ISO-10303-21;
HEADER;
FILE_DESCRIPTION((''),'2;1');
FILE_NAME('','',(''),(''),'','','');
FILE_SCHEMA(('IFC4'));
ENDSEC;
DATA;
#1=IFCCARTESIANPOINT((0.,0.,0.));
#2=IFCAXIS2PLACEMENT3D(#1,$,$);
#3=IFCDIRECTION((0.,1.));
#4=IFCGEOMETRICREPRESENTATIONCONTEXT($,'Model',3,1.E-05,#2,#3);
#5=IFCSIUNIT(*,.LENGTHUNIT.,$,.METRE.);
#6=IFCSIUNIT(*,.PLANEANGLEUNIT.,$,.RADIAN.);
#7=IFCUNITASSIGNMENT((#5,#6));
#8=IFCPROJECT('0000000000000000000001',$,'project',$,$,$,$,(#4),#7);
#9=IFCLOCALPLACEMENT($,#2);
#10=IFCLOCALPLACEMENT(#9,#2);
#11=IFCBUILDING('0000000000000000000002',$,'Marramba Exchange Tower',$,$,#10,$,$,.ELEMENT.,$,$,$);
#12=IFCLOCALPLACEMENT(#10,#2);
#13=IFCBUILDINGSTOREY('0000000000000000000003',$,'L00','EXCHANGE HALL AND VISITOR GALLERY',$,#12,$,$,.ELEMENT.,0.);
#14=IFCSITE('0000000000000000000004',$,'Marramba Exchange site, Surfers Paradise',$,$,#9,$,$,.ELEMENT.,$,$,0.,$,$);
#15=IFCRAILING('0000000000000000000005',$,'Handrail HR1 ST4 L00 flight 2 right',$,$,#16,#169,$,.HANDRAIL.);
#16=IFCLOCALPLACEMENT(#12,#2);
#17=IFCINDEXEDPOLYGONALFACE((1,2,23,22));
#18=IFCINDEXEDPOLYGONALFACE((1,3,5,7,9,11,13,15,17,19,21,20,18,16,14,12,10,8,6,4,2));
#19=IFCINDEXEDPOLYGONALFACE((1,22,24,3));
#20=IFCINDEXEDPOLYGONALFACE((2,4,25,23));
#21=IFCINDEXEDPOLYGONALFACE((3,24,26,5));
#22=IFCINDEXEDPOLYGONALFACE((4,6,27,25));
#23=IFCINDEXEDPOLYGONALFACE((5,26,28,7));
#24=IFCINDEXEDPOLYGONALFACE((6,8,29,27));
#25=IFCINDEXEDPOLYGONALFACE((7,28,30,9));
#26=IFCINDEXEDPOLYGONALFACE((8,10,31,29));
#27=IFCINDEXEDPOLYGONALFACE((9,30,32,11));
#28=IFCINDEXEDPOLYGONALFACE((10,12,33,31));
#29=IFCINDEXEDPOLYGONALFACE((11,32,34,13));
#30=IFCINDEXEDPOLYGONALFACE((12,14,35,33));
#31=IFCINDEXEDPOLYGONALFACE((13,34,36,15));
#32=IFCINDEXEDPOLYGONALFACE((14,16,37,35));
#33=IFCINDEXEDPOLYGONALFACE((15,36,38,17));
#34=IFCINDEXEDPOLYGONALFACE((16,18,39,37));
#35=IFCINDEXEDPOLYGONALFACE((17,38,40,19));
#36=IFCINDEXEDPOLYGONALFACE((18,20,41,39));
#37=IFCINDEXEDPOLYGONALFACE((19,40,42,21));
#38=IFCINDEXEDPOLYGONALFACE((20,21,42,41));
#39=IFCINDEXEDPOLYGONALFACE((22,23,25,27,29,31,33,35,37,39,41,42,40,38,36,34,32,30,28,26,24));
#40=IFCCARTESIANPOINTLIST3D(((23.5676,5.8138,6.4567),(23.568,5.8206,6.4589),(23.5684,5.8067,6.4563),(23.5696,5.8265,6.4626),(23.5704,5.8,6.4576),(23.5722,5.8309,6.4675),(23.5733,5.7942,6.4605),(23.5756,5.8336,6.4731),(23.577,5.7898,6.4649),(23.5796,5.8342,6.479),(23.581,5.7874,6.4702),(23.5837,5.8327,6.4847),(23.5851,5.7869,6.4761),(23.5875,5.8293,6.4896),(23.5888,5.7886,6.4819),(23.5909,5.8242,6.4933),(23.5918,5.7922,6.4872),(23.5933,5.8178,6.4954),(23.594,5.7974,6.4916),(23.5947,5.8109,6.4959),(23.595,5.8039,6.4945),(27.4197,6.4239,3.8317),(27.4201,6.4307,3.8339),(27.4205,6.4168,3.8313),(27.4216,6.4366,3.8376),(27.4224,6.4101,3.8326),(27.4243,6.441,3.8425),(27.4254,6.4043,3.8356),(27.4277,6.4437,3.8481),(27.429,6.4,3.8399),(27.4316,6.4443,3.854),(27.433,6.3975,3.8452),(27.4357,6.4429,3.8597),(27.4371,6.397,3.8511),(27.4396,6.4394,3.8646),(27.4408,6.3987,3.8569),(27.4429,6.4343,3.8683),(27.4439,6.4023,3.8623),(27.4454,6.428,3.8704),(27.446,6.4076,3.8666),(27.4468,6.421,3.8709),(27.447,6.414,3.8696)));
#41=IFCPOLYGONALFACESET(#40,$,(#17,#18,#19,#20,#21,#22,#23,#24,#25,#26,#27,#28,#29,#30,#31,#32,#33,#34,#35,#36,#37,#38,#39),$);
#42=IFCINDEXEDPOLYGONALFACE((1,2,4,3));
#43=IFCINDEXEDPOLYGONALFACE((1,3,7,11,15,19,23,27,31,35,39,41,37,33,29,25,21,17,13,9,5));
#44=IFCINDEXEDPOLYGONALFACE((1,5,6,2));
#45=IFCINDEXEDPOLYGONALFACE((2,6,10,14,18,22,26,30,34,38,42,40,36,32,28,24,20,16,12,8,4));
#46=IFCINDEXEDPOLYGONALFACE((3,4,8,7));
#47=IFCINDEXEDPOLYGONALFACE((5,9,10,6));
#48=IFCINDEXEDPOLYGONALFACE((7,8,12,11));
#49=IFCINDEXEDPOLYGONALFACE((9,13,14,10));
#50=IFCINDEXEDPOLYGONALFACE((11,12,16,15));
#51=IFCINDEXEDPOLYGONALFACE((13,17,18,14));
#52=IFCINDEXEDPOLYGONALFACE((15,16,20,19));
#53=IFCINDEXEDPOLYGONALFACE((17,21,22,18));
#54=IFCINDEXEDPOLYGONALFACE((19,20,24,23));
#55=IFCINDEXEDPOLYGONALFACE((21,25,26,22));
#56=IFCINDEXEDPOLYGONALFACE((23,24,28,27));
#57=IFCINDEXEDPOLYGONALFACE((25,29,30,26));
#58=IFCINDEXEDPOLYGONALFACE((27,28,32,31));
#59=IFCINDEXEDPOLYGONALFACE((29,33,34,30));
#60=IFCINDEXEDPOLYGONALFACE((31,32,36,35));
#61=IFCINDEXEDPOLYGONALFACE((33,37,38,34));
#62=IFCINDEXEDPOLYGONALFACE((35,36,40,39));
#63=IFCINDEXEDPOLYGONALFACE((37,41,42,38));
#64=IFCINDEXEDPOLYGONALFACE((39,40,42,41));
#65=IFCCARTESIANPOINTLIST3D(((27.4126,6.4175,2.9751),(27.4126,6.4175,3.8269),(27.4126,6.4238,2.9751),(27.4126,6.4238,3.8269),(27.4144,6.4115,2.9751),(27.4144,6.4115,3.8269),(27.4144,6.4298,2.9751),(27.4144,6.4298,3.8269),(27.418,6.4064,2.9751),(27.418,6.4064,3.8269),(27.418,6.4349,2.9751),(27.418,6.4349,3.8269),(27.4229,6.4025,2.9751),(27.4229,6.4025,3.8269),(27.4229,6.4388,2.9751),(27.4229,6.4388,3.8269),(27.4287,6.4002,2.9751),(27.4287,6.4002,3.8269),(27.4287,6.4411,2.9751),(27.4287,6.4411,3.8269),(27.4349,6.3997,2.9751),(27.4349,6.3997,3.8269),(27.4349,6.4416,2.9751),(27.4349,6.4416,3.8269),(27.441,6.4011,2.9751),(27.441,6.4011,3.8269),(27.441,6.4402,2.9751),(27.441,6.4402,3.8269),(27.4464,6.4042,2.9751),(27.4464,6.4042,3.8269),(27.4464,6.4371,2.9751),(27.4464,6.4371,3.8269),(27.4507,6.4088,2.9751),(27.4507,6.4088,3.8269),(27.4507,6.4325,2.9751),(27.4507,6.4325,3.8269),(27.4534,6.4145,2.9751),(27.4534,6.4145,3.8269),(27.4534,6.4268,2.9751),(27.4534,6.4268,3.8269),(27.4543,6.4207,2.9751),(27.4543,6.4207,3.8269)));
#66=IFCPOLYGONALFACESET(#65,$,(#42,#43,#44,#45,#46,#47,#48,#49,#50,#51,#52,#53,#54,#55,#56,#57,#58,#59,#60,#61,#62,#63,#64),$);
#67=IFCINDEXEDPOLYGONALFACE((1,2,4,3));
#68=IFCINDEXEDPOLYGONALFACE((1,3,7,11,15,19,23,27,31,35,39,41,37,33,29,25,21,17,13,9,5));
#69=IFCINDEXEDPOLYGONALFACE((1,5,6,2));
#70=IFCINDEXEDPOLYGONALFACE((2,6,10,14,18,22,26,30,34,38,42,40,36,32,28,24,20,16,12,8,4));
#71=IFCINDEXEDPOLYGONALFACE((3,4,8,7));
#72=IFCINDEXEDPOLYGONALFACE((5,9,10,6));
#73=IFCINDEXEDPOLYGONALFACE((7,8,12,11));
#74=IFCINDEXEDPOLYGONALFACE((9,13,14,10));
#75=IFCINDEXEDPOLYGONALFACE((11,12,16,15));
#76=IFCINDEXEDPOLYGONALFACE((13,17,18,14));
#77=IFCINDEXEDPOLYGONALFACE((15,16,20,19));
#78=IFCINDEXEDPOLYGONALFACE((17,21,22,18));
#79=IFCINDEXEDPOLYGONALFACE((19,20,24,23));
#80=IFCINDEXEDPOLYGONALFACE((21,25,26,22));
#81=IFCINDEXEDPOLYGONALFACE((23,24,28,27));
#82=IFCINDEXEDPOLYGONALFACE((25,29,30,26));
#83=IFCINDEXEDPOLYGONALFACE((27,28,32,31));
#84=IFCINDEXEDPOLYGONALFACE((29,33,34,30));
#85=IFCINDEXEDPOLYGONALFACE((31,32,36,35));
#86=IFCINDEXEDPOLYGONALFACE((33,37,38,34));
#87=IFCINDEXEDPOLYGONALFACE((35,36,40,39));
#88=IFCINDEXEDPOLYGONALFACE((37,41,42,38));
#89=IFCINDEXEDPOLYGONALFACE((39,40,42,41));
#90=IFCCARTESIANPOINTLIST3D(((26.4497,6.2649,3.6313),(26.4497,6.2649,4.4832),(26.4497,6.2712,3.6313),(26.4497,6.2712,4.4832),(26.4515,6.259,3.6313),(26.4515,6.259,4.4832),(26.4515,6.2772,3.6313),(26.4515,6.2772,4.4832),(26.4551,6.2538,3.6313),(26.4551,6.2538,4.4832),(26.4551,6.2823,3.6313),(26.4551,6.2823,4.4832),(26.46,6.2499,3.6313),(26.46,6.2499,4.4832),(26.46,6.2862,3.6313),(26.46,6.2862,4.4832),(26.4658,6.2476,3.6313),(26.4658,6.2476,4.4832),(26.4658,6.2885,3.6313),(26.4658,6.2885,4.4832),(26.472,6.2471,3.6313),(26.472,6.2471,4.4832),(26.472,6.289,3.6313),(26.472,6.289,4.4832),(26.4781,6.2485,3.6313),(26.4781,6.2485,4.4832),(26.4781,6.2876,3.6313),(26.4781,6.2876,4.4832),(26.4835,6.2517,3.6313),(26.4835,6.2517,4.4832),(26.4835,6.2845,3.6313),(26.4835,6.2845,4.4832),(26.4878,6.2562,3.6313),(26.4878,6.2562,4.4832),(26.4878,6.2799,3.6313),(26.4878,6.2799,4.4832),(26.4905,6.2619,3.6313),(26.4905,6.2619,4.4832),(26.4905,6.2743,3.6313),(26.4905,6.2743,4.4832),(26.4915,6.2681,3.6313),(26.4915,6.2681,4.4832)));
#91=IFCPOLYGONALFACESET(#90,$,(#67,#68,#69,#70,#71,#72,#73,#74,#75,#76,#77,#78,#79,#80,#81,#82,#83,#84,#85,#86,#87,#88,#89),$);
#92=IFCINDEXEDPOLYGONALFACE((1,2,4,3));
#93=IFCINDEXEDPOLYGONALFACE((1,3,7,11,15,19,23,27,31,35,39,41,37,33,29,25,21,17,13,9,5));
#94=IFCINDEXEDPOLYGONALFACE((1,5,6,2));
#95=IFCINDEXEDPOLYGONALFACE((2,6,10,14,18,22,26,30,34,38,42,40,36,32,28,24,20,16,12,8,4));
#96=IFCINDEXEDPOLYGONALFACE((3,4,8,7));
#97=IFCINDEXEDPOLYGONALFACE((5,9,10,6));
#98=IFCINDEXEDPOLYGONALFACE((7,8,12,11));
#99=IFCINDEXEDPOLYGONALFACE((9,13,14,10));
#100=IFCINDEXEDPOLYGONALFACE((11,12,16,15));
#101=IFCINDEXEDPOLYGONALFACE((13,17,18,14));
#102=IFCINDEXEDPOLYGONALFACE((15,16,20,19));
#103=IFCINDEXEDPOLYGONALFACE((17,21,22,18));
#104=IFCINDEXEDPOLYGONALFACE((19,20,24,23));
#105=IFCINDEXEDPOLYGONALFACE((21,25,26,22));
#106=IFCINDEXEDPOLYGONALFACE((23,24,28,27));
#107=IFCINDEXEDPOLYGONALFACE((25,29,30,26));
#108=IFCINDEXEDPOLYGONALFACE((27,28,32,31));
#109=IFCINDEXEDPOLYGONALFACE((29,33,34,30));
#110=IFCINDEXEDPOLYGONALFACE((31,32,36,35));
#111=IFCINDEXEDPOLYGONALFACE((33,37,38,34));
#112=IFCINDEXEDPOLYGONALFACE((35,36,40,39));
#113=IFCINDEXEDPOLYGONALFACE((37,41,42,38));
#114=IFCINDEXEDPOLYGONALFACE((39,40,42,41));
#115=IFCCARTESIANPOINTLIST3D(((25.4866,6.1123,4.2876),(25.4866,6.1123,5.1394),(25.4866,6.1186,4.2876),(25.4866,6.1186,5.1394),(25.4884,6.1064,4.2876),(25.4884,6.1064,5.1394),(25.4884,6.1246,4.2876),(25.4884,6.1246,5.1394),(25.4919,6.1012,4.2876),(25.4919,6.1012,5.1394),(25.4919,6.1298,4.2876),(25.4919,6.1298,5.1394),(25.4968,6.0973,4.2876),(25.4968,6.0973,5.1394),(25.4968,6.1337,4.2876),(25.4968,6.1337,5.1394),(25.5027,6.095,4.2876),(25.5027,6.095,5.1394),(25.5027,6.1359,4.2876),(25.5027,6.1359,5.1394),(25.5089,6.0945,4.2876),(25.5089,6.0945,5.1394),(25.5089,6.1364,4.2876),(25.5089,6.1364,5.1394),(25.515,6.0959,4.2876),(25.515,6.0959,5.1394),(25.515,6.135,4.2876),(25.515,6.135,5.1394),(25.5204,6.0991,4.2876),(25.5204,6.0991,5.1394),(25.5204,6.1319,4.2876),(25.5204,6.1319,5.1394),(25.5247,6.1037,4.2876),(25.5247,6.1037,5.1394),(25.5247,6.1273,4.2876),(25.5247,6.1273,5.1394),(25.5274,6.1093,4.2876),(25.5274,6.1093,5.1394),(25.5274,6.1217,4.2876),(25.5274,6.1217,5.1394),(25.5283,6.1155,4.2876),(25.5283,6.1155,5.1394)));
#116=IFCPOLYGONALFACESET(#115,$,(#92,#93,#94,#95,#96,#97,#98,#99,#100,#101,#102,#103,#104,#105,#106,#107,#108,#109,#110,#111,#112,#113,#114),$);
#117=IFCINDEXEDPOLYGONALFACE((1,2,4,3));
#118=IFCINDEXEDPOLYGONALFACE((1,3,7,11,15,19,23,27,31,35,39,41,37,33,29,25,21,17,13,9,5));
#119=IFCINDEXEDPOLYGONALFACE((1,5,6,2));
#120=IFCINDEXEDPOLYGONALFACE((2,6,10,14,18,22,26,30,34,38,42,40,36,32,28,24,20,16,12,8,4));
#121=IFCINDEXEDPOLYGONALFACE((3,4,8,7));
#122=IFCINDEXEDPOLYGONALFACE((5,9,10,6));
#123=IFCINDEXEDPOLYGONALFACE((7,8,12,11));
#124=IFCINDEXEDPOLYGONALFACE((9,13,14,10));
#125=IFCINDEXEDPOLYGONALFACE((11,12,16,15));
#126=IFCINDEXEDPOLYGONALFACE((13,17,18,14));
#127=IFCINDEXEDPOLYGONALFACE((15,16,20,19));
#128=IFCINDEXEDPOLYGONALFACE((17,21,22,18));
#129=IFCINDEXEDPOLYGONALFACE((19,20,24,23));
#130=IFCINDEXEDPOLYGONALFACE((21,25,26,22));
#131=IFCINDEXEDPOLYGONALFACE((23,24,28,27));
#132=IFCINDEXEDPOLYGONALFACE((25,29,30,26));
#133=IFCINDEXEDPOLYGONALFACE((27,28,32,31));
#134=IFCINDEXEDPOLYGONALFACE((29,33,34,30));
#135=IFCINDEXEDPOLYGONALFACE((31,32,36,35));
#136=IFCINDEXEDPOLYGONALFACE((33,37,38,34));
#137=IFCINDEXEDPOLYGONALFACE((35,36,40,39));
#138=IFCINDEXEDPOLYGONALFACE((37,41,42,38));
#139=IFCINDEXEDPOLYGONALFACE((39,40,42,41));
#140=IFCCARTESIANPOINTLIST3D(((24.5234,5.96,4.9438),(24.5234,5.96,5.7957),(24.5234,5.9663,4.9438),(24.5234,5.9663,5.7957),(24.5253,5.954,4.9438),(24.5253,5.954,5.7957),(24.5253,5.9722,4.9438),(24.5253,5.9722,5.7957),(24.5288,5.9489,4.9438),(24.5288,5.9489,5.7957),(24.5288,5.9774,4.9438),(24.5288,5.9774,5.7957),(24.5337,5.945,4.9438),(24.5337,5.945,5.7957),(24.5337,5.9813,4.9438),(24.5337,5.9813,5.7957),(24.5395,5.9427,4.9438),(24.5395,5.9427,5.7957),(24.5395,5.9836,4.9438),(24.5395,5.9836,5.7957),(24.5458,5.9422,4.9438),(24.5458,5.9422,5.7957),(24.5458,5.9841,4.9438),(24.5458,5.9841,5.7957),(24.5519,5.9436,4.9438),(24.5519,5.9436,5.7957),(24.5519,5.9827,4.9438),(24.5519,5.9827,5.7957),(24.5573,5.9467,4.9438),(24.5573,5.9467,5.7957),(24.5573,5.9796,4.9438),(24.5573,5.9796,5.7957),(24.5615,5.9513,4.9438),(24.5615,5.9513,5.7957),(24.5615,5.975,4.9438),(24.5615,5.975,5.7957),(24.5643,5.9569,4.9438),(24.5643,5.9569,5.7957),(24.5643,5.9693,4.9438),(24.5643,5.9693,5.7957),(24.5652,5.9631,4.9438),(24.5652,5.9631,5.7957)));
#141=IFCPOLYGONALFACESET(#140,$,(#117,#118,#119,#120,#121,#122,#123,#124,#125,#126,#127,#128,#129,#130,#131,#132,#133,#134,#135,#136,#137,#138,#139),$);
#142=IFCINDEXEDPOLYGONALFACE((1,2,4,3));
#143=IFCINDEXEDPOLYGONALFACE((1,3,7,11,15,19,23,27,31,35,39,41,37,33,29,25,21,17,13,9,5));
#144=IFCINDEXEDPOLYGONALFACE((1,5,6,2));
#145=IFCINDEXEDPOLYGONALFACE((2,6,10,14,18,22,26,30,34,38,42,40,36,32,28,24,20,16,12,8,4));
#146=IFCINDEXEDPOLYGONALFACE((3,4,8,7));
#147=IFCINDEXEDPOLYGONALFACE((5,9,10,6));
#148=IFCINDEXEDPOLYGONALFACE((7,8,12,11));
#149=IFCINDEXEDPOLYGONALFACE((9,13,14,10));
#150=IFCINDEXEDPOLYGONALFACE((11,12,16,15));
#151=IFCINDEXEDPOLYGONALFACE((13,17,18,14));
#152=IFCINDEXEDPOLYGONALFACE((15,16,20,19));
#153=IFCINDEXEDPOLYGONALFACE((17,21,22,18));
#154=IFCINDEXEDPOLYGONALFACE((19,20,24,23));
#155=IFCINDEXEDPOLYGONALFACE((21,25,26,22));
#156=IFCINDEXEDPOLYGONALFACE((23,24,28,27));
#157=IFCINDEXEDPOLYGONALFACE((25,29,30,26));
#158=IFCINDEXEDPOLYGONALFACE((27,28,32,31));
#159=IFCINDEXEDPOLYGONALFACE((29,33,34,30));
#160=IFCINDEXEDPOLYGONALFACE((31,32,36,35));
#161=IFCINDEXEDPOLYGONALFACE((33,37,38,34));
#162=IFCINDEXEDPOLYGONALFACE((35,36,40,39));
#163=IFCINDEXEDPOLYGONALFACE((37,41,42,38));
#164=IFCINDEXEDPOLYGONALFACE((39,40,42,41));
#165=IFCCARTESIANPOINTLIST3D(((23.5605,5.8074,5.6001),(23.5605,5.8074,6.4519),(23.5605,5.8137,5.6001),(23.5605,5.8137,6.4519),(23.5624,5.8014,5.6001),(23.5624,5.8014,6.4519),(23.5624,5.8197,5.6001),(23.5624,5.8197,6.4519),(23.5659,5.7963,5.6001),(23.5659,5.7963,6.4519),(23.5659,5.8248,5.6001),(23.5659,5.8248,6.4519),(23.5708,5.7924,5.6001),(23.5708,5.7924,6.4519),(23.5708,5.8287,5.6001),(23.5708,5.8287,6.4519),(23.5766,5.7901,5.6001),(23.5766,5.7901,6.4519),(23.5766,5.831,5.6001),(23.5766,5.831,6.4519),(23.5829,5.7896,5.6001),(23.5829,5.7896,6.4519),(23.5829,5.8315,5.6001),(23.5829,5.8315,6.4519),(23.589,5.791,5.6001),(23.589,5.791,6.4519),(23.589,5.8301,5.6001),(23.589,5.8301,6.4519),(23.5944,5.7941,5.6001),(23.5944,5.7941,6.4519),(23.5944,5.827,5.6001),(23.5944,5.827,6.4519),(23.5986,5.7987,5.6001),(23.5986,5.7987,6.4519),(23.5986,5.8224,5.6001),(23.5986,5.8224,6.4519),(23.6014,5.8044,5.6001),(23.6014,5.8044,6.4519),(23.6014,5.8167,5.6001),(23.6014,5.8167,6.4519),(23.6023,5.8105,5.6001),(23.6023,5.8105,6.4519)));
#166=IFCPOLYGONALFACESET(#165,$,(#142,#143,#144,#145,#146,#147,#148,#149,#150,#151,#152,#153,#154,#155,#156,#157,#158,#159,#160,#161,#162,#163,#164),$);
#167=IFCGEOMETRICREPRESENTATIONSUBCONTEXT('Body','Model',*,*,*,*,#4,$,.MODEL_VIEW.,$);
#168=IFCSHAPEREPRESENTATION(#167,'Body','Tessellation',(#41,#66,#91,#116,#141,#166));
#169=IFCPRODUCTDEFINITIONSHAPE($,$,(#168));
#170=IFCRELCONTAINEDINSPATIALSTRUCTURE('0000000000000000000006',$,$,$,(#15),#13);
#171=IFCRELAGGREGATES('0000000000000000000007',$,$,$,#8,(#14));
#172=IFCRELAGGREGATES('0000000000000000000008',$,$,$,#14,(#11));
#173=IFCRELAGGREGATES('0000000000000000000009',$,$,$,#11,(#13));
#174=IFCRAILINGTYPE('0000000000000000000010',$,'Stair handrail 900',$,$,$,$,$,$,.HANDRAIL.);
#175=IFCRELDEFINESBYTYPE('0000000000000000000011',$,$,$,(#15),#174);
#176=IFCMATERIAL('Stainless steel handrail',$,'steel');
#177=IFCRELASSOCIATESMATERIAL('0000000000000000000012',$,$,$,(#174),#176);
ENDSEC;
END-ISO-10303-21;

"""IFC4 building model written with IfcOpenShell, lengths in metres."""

from ifc_helpers import new_model, si_unit, direction, frame, origin, origin_2d, place, context, subcontext, project, spatial, circle, extrude, material, type_object, element, save


model = new_model("IFC4")

# Units and contexts
model_context = context("Model", 3, precision=1e-05, world=origin(), true_north=direction((0.0, 1.0)))
body_context = subcontext(model_context, "Body", "Model", "MODEL_VIEW")
ifc_project = project(units=[si_unit("LENGTHUNIT", "METRE"), si_unit("PLANEANGLEUNIT", "RADIAN")], contexts=[model_context])

# Site, building, storey
site_placement = place(None, origin())
site = spatial("IfcSite", under=ifc_project, at=site_placement, Name="Marramba Exchange site, Surfers Paradise", CompositionType="ELEMENT", RefElevation=0.0)
building_placement = place(site_placement, origin())
building = spatial("IfcBuilding", under=site, at=building_placement, Name="Marramba Exchange Tower", CompositionType="ELEMENT")
storey_placement = place(building_placement, origin())
storey = spatial("IfcBuildingStorey", under=building, at=storey_placement, Name="L00", Description="EXCHANGE HALL AND VISITOR GALLERY", CompositionType="ELEMENT", Elevation=0.0)

# Railing
ifc_material_1 = material(Name="Stainless steel handrail", Category="steel")
railing_type = type_object("IfcRailingType", Name="Stair handrail 900", PredefinedType="HANDRAIL", material=ifc_material_1)
railing_1_placement = place(storey_placement, frame((27.4333, 6.4207, 2.9751)))
element("IfcRailing", 1, at=railing_1_placement, inside=storey, type_object=railing_type, Name="Handrail HR1 ST4 L00 flight 2 right", PredefinedType="HANDRAIL", context=body_context, shape_type="SweptSolid", body=[
    extrude(circle(Radius=0.0239, at=origin_2d()), frame((0.0, 0.0, 0.876), z_axis=(-0.819378, -0.129777, 0.55837), x_axis=(0.156435, -0.987688, 0.0)), (0.0, 0.0, 1.0), 4.7012),
    extrude(circle(Radius=0.021, at=origin_2d()), origin(), (0.0, 0.0, 1.0), 0.8518),
    extrude(circle(Radius=0.021, at=origin_2d()), frame((-0.9629, -0.1526, 0.6562)), (0.0, 0.0, 1.0), 0.8518),
    extrude(circle(Radius=0.021, at=origin_2d()), frame((-1.926, -0.3052, 1.3125)), (0.0, 0.0, 1.0), 0.8518),
    extrude(circle(Radius=0.021, at=origin_2d()), frame((-2.8892, -0.4575, 1.9688)), (0.0, 0.0, 1.0), 0.8518),
    extrude(circle(Radius=0.021, at=origin_2d()), frame((-3.8521, -0.6101, 2.625)), (0.0, 0.0, 1.0), 0.8518),
])

save(model, "model.ifc")
